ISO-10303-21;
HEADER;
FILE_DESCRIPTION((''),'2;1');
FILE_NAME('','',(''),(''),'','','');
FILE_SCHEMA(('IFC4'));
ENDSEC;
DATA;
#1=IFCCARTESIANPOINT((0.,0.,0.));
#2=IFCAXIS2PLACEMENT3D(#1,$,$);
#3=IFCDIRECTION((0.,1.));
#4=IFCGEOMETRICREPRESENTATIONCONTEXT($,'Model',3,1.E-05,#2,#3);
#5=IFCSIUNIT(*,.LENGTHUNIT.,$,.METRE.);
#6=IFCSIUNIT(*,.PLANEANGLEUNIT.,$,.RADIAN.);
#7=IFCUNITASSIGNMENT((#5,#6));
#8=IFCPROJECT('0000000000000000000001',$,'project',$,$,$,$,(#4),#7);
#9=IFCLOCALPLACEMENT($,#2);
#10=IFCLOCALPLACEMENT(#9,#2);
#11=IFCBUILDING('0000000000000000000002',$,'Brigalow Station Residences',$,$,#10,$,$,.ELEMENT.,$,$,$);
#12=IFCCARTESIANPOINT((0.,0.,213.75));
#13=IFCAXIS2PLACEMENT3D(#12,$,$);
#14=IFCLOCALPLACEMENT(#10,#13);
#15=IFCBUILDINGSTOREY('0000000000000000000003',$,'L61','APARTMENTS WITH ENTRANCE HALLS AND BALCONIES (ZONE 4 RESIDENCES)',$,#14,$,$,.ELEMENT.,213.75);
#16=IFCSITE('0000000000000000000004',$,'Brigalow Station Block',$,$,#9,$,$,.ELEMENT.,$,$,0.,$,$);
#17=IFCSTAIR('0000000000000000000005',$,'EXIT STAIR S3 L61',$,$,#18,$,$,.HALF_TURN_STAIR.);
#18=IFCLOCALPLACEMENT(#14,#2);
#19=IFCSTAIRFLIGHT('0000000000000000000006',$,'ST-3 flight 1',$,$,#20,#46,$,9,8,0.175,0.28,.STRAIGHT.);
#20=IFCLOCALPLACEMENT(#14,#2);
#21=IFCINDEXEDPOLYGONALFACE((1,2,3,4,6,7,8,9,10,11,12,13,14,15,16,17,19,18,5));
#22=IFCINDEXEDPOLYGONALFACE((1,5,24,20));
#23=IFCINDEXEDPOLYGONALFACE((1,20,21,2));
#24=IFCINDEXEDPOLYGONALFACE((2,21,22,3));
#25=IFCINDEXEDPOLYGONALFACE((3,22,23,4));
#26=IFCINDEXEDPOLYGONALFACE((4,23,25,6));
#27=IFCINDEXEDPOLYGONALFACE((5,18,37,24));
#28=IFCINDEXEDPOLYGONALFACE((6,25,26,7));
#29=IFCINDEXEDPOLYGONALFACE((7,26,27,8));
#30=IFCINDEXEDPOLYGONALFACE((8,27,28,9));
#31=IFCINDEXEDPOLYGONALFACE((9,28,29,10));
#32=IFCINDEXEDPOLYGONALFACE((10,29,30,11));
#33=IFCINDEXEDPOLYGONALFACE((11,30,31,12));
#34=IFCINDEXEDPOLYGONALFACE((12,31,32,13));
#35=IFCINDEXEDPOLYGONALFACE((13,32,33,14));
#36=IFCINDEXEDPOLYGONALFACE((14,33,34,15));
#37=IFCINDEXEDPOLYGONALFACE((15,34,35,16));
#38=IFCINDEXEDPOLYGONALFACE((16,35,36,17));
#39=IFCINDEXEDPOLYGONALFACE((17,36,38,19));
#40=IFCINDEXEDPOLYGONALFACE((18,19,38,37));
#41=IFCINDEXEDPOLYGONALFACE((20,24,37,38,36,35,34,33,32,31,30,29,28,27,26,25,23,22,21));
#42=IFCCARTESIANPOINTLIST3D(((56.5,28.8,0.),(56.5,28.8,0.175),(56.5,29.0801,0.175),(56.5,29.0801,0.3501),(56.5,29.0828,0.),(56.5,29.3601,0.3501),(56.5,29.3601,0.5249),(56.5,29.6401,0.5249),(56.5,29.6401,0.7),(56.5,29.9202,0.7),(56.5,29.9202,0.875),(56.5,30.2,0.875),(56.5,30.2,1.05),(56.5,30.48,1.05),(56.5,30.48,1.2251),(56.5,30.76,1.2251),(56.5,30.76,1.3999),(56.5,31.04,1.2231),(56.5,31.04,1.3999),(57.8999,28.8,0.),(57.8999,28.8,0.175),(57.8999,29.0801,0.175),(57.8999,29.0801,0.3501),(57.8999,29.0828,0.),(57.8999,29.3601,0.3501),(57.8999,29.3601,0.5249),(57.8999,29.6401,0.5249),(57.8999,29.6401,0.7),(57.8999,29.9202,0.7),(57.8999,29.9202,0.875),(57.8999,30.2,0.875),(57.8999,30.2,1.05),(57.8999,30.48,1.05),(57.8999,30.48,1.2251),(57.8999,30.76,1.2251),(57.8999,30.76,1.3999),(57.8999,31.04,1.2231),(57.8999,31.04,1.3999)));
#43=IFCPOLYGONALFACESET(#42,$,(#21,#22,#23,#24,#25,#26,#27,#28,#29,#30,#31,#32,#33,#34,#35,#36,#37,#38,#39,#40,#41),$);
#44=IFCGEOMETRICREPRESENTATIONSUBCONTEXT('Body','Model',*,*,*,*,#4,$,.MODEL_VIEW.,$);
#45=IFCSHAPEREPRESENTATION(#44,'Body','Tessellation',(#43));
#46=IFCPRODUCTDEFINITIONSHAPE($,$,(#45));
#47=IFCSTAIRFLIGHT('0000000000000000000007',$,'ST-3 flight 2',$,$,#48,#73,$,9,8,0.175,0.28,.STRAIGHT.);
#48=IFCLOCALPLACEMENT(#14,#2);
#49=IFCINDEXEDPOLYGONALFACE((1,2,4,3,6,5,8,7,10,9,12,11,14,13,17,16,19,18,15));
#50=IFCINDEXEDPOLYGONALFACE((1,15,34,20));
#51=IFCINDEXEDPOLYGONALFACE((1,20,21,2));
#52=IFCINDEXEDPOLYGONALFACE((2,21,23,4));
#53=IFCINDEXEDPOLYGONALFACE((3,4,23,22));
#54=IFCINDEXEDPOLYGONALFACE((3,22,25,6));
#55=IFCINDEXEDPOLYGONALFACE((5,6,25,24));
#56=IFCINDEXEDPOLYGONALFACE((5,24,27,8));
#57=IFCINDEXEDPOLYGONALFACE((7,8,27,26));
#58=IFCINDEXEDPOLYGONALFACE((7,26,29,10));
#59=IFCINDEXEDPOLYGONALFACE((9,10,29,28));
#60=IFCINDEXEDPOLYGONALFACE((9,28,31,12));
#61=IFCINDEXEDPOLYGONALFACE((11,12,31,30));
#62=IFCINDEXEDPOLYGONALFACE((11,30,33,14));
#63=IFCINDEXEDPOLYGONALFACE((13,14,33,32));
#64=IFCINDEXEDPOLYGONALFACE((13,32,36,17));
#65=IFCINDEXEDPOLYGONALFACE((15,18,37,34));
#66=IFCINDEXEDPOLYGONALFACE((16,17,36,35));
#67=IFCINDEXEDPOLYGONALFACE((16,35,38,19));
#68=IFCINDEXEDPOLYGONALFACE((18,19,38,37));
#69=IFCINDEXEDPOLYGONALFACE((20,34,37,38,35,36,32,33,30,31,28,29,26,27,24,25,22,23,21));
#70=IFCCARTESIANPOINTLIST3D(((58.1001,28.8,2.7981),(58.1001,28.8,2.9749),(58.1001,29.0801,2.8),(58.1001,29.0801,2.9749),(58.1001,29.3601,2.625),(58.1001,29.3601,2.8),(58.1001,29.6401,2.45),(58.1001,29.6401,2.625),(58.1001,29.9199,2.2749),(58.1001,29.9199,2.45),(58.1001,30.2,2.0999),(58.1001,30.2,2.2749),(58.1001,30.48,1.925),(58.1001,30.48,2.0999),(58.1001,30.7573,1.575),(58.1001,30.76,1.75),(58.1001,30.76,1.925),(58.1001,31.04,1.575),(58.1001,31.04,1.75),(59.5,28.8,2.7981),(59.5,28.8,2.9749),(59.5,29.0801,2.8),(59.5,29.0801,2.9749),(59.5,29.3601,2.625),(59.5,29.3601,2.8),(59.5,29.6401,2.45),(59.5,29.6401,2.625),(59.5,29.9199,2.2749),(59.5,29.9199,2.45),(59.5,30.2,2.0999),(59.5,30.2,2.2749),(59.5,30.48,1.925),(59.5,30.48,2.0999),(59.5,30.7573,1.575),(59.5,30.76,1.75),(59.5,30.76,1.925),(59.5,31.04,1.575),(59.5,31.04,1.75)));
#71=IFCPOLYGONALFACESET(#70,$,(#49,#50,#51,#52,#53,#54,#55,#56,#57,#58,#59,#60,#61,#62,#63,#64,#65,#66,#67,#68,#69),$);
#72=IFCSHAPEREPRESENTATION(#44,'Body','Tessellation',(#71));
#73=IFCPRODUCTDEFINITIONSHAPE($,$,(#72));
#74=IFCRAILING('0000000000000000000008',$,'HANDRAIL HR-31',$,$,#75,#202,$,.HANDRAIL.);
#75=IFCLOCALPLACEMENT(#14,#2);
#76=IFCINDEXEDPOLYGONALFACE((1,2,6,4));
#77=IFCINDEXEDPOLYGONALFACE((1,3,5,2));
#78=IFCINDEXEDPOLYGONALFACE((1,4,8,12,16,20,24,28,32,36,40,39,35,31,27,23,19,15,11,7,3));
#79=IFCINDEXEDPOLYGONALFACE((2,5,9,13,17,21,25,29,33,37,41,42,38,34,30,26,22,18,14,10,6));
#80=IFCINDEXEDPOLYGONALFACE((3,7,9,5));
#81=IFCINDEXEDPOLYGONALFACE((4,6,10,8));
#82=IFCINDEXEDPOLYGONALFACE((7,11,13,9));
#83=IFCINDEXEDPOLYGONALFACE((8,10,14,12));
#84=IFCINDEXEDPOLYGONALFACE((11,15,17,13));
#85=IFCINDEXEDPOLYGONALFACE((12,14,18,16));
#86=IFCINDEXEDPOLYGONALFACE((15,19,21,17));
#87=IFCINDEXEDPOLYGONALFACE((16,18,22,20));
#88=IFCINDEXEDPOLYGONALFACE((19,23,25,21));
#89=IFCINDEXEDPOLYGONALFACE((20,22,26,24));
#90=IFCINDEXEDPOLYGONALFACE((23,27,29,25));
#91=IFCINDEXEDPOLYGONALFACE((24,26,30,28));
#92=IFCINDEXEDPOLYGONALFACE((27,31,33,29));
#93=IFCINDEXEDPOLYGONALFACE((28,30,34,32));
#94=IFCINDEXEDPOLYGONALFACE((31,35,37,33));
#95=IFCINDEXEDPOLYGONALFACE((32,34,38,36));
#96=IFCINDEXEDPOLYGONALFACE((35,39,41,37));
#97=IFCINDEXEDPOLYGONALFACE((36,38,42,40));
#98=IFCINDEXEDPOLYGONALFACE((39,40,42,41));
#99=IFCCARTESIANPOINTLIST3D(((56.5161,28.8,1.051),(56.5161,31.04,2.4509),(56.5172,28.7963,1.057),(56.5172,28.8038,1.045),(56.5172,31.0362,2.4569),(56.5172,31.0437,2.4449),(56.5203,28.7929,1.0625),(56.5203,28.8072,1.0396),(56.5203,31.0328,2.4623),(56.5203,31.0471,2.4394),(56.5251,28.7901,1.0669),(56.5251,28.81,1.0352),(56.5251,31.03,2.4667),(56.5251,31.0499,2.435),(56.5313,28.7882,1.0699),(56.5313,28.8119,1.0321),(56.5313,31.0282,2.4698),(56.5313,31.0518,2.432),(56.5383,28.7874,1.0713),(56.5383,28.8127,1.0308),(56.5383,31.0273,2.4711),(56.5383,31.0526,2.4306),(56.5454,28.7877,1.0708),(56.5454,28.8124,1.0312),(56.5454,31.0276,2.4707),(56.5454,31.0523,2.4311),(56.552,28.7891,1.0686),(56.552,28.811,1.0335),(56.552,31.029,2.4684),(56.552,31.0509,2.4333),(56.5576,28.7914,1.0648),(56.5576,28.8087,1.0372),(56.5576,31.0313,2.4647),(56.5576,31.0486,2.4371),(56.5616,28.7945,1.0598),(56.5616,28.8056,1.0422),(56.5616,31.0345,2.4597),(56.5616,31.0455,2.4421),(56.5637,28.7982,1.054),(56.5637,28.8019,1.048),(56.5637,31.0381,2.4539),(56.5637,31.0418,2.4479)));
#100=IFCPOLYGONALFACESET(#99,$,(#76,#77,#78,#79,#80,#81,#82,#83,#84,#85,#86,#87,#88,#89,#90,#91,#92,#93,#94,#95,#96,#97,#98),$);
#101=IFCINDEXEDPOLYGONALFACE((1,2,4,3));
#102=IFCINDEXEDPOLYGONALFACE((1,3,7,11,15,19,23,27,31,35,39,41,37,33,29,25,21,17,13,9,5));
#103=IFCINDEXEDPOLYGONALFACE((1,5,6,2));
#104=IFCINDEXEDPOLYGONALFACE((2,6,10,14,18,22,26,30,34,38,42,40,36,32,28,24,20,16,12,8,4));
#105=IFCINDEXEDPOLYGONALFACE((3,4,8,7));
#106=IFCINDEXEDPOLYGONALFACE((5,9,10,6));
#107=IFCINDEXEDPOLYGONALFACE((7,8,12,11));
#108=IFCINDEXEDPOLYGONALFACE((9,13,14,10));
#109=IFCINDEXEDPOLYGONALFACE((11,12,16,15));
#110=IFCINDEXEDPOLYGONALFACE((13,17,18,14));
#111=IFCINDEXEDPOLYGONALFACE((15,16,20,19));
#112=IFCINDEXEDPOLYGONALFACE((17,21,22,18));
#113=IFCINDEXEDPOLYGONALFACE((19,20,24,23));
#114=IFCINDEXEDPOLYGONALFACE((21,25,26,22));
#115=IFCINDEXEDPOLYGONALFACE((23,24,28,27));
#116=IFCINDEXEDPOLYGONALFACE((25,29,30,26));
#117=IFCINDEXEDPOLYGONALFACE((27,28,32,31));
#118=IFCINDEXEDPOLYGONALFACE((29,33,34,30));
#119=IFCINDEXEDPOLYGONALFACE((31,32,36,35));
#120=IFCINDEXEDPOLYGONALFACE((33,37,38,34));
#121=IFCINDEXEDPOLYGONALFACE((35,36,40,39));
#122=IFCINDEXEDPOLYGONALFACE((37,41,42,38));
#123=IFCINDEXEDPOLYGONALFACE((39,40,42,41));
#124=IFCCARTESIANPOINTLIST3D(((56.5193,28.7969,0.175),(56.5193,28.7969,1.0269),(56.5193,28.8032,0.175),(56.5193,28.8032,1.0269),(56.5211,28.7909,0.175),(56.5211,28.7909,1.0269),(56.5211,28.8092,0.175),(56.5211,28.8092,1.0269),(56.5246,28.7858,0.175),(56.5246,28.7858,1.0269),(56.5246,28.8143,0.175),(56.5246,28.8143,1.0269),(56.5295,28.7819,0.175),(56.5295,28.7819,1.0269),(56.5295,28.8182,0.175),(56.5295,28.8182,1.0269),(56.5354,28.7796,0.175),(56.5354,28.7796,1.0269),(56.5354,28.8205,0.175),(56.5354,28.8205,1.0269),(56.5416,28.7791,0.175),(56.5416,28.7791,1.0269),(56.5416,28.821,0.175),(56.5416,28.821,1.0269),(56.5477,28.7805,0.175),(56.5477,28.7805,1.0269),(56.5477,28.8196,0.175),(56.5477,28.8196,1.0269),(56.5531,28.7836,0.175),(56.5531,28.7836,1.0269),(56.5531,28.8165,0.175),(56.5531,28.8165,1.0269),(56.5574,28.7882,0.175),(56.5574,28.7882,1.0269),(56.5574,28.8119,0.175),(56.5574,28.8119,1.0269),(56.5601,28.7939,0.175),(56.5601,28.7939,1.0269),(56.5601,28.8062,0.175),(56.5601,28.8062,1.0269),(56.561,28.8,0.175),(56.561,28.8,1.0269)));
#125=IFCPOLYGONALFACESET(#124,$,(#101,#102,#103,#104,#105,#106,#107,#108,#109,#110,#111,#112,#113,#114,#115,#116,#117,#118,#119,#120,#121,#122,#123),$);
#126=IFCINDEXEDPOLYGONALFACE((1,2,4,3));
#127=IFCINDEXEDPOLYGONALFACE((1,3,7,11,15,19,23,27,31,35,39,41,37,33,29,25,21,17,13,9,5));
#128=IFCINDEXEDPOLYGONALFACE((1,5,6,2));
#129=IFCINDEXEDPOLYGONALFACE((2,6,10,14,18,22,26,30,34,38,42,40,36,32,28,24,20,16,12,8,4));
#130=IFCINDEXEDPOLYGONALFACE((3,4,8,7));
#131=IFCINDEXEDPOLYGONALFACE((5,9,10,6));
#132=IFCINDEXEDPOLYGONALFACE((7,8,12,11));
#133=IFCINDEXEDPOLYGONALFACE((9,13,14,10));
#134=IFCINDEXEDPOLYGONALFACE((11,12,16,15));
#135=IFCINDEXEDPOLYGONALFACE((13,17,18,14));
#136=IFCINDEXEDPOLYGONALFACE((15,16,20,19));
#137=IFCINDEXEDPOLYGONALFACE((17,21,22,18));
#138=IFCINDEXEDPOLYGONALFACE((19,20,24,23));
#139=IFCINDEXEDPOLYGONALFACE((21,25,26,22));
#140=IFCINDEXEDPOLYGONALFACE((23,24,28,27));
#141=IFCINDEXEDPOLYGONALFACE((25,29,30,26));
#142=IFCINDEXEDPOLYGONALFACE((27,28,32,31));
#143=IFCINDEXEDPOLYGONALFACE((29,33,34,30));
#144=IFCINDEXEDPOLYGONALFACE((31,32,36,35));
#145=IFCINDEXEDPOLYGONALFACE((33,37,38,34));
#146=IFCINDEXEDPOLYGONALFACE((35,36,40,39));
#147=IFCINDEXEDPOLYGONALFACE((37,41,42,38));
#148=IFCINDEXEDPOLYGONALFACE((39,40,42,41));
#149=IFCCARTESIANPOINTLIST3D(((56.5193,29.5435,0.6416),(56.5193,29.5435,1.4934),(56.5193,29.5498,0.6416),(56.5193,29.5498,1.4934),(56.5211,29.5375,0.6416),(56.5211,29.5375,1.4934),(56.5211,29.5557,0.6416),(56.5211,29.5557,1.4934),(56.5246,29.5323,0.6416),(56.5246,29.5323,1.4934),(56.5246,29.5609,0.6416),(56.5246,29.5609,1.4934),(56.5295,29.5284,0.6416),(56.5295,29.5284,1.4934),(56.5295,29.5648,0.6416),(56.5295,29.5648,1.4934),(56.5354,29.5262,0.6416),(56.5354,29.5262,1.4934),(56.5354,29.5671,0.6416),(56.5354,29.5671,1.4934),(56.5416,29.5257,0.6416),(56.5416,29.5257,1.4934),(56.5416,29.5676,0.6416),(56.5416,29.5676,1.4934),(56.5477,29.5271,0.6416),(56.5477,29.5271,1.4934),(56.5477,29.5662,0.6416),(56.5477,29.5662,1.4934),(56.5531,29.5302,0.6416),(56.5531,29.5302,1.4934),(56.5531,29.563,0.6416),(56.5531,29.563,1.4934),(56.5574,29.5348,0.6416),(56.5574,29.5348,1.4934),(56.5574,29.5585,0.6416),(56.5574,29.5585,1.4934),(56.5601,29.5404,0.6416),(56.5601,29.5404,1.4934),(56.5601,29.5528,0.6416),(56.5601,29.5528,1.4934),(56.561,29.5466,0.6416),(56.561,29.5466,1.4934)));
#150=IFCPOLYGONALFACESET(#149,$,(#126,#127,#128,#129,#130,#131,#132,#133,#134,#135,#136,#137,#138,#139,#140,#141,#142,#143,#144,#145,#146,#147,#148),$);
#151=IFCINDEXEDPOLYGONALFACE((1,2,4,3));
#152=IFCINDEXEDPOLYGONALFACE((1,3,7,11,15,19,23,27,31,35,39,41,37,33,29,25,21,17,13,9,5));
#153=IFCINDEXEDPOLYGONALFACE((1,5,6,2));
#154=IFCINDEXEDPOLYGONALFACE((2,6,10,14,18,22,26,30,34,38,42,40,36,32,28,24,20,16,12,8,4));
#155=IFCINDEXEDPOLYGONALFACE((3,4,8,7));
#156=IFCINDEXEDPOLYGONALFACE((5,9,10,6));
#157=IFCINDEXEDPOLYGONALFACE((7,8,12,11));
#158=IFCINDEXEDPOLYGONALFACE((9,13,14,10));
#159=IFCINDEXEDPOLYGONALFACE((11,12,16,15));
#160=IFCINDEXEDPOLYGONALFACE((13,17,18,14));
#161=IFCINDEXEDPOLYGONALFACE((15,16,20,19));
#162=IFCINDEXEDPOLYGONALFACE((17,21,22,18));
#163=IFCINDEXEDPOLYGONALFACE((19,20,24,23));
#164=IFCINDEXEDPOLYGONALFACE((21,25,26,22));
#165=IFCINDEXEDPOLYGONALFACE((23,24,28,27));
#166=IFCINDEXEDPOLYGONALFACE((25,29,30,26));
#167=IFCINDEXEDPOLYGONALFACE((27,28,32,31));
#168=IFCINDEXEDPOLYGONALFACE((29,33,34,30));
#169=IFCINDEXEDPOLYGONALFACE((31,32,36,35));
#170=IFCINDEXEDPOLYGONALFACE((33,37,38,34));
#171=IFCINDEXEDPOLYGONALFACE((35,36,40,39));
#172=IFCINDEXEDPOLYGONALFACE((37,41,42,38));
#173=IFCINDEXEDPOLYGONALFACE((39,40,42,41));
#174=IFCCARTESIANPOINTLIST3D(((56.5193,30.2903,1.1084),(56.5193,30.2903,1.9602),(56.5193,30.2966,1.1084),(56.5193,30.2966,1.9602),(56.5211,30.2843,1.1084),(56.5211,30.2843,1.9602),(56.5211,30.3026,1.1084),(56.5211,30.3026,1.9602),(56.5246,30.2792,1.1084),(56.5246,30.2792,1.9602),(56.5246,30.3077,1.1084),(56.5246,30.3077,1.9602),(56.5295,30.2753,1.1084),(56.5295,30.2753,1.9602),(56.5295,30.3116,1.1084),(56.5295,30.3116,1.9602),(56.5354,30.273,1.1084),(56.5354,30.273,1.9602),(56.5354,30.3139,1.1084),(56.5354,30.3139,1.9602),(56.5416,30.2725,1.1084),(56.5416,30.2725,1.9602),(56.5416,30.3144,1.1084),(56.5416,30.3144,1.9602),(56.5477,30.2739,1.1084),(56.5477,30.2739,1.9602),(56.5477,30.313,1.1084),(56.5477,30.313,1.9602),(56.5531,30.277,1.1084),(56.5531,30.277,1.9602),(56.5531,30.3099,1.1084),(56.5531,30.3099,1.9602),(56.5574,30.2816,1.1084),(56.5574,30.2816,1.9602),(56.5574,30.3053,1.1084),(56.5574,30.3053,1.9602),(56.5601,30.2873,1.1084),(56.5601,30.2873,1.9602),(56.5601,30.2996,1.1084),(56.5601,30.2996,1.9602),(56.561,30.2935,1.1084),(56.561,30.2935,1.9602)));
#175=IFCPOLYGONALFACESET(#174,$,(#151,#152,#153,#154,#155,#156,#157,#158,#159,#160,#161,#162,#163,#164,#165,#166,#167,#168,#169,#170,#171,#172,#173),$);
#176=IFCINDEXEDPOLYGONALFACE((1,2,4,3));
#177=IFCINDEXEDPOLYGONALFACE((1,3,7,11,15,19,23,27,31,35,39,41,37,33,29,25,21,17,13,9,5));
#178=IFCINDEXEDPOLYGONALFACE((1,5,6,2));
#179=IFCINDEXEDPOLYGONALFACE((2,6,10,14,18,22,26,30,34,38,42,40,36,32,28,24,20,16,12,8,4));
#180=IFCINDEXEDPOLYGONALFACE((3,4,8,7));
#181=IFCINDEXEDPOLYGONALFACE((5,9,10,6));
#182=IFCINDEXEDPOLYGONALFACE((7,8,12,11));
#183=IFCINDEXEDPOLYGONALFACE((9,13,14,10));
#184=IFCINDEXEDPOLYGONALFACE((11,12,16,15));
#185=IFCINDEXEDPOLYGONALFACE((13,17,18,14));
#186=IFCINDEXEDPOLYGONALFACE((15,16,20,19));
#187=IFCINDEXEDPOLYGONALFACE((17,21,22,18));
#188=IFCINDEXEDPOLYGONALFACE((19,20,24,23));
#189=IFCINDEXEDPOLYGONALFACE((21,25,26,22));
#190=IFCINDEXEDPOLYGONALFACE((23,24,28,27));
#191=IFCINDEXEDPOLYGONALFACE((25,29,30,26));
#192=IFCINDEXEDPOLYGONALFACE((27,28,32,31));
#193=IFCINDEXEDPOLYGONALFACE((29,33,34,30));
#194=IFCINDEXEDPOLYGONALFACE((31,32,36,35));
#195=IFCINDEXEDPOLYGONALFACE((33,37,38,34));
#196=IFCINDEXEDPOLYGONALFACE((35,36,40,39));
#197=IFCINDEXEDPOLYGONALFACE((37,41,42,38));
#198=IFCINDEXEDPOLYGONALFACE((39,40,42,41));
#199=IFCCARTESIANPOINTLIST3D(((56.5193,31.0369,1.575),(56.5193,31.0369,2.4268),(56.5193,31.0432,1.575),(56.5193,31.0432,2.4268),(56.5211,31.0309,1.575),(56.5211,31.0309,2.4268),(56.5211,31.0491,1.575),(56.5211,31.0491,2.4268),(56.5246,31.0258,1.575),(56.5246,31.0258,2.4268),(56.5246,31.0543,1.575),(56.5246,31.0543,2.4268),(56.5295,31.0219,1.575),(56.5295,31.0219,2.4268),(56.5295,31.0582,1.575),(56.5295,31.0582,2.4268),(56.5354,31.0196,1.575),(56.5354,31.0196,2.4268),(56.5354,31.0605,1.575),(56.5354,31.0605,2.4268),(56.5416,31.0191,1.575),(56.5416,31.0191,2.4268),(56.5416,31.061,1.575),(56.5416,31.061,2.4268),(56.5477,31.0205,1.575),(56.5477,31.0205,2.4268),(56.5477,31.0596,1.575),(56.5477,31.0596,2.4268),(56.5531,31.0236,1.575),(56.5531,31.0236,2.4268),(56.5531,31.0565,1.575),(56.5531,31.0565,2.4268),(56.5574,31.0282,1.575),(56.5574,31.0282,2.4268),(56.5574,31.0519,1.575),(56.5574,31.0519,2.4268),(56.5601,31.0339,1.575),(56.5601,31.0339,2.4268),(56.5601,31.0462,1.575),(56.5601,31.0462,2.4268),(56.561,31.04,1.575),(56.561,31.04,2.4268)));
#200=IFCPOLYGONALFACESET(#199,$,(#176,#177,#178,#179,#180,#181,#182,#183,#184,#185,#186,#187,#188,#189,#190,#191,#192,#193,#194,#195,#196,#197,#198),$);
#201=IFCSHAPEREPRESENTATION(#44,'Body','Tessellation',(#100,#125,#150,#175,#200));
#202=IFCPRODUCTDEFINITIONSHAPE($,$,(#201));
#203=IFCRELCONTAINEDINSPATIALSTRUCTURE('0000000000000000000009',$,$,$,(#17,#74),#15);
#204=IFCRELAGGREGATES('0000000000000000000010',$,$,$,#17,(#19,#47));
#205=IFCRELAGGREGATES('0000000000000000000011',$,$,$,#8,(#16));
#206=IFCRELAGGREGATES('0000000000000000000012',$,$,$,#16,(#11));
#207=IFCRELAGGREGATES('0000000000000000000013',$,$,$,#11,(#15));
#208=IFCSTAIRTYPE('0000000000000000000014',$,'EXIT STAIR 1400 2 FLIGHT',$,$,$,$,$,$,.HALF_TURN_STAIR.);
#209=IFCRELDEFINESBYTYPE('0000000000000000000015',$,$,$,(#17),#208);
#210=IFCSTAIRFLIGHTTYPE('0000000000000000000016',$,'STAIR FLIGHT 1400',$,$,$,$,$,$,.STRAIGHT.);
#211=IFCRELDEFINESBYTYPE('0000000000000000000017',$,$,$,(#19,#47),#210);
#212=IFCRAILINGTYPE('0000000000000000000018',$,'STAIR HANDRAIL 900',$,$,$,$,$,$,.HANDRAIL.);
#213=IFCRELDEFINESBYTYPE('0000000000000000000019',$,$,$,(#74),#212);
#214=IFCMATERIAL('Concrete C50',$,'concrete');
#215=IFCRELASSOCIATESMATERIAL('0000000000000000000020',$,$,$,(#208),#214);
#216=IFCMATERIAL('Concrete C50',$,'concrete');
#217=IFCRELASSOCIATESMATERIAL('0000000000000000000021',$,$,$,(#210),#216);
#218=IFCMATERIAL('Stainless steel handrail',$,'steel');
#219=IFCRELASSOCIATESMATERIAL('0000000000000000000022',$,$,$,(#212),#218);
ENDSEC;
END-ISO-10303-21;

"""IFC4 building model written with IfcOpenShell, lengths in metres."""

from ifc_helpers import new_model, si_unit, direction, frame, origin, origin_2d, place, context, subcontext, project, spatial, polyline, circle, outline, extrude, material, type_object, element, aggregate, save


model = new_model("IFC4")

# Units and contexts
model_context = context("Model", 3, precision=1e-05, world=origin(), true_north=direction((0.0, 1.0)))
body_context = subcontext(model_context, "Body", "Model", "MODEL_VIEW")
ifc_project = project(units=[si_unit("LENGTHUNIT", "METRE"), si_unit("PLANEANGLEUNIT", "RADIAN")], contexts=[model_context])

# Site, building, storey
site_placement = place(None, origin())
site = spatial("IfcSite", under=ifc_project, at=site_placement, Name="Brigalow Station Block", CompositionType="ELEMENT", RefElevation=0.0)
building_placement = place(site_placement, origin())
building = spatial("IfcBuilding", under=site, at=building_placement, Name="Brigalow Station Residences", CompositionType="ELEMENT")
storey_placement = place(building_placement, frame((0.0, 0.0, 213.75)))
storey = spatial("IfcBuildingStorey", under=building, at=storey_placement, Name="L61", Description="APARTMENTS WITH ENTRANCE HALLS AND BALCONIES (ZONE 4 RESIDENCES)", CompositionType="ELEMENT", Elevation=213.75)

# Stair, stair flights
ifc_material_1 = material(Name="Concrete C50", Category="concrete")
stair_type = type_object("IfcStairType", Name="EXIT STAIR 1400 2 FLIGHT", PredefinedType="HALF_TURN_STAIR", material=ifc_material_1)
stair_placement = place(storey_placement, origin())
stair = element("IfcStair", 1, at=stair_placement, inside=storey, type_object=stair_type, Name="EXIT STAIR S3 L61", PredefinedType="HALF_TURN_STAIR")
ifc_material_2 = material(Name="Concrete C50", Category="concrete")
stair_flight_type = type_object("IfcStairFlightType", Name="STAIR FLIGHT 1400", PredefinedType="STRAIGHT", material=ifc_material_2)
stair_flight_1_placement = place(storey_placement, frame((57.2, 28.8, 0.0), z_axis=(0.0, 0.0, 1.0), x_axis=(0.0, 1.0, 0.0)))
stair_flight_1 = element("IfcStairFlight", 2, at=stair_flight_1_placement, type_object=stair_flight_type, Name="ST-3 flight 1", NumberOfRisers=9, NumberOfTreads=8, PredefinedType="STRAIGHT", RiserHeight=0.175, TreadLength=0.28, context=body_context, shape_type="SweptSolid", body=[
    extrude(outline(polyline([(0.0, 0.0), (0.0, 0.175), (0.28, 0.175), (0.28, 0.3501), (0.5601, 0.3501), (0.5601, 0.5249), (0.8401, 0.5249), (0.8401, 0.7), (1.1201, 0.7), (1.1201, 0.875), (1.3999, 0.875), (1.3999, 1.05), (1.6799, 1.05), (1.6799, 1.2251), (1.96, 1.2251), (1.96, 1.3999), (2.24, 1.3999), (2.24, 1.575), (2.24, 1.2231), (0.2827, 0.0), (0.0, 0.0)])), frame((0.0, 0.7, 0.0), z_axis=(0.0, -1.0, 0.0), x_axis=(1.0, 0.0, 0.0)), (0.0, 0.0, 1.0), 1.3999),
])
stair_flight_2_placement = place(storey_placement, frame((58.8, 31.04, 1.575), z_axis=(0.0, 0.0, 1.0), x_axis=(0.0, -1.0, 0.0)))
stair_flight_2 = element("IfcStairFlight", 3, at=stair_flight_2_placement, type_object=stair_flight_type, Name="ST-3 flight 2", NumberOfRisers=9, NumberOfTreads=8, PredefinedType="STRAIGHT", RiserHeight=0.175, TreadLength=0.28, context=body_context, shape_type="SweptSolid", body=[
    extrude(outline(polyline([(0.0, 0.0), (0.0, 0.175), (0.28, 0.175), (0.28, 0.3501), (0.5601, 0.3501), (0.5601, 0.5249), (0.8401, 0.5249), (0.8401, 0.7), (1.1201, 0.7), (1.1201, 0.875), (1.3999, 0.875), (1.3999, 1.05), (1.6799, 1.05), (1.6799, 1.2251), (1.96, 1.2251), (1.96, 1.3999), (2.24, 1.3999), (2.24, 1.575), (2.24, 1.2231), (0.2827, 0.0), (0.0, 0.0)])), frame((0.0, 0.7, 0.0), z_axis=(0.0, -1.0, 0.0), x_axis=(1.0, 0.0, 0.0)), (0.0, 0.0, 1.0), 1.3999),
])
aggregate(stair, [stair_flight_1, stair_flight_2])

# Railing
ifc_material_3 = material(Name="Stainless steel handrail", Category="steel")
railing_type_1 = type_object("IfcRailingType", Name="STAIR HANDRAIL 900", PredefinedType="HANDRAIL", material=ifc_material_3)
railing_1_placement = place(storey_placement, frame((56.54, 28.8, 0.175)))
element("IfcRailing", 4, at=railing_1_placement, inside=storey, type_object=railing_type_1, Name="HANDRAIL HR-31", PredefinedType="HANDRAIL", context=body_context, shape_type="SweptSolid", body=[
    extrude(circle(Radius=0.0239, at=origin_2d()), frame((0.0, 0.0, 0.876), z_axis=(0.0, 0.848014, 0.529974), x_axis=(-1.0, 0.0, 0.0)), (0.0, 0.0, 1.0), 2.6414),
    extrude(circle(Radius=0.021, at=origin_2d()), origin(), (0.0, 0.0, 1.0), 0.8518),
    extrude(circle(Radius=0.021, at=origin_2d()), frame((0.0, 0.7466, 0.4666)), (0.0, 0.0, 1.0), 0.8518),
    extrude(circle(Radius=0.021, at=origin_2d()), frame((0.0, 1.4934, 0.9333)), (0.0, 0.0, 1.0), 0.8518),
    extrude(circle(Radius=0.021, at=origin_2d()), frame((0.0, 2.24, 1.3999)), (0.0, 0.0, 1.0), 0.8518),
])

save(model, "model.ifc")
